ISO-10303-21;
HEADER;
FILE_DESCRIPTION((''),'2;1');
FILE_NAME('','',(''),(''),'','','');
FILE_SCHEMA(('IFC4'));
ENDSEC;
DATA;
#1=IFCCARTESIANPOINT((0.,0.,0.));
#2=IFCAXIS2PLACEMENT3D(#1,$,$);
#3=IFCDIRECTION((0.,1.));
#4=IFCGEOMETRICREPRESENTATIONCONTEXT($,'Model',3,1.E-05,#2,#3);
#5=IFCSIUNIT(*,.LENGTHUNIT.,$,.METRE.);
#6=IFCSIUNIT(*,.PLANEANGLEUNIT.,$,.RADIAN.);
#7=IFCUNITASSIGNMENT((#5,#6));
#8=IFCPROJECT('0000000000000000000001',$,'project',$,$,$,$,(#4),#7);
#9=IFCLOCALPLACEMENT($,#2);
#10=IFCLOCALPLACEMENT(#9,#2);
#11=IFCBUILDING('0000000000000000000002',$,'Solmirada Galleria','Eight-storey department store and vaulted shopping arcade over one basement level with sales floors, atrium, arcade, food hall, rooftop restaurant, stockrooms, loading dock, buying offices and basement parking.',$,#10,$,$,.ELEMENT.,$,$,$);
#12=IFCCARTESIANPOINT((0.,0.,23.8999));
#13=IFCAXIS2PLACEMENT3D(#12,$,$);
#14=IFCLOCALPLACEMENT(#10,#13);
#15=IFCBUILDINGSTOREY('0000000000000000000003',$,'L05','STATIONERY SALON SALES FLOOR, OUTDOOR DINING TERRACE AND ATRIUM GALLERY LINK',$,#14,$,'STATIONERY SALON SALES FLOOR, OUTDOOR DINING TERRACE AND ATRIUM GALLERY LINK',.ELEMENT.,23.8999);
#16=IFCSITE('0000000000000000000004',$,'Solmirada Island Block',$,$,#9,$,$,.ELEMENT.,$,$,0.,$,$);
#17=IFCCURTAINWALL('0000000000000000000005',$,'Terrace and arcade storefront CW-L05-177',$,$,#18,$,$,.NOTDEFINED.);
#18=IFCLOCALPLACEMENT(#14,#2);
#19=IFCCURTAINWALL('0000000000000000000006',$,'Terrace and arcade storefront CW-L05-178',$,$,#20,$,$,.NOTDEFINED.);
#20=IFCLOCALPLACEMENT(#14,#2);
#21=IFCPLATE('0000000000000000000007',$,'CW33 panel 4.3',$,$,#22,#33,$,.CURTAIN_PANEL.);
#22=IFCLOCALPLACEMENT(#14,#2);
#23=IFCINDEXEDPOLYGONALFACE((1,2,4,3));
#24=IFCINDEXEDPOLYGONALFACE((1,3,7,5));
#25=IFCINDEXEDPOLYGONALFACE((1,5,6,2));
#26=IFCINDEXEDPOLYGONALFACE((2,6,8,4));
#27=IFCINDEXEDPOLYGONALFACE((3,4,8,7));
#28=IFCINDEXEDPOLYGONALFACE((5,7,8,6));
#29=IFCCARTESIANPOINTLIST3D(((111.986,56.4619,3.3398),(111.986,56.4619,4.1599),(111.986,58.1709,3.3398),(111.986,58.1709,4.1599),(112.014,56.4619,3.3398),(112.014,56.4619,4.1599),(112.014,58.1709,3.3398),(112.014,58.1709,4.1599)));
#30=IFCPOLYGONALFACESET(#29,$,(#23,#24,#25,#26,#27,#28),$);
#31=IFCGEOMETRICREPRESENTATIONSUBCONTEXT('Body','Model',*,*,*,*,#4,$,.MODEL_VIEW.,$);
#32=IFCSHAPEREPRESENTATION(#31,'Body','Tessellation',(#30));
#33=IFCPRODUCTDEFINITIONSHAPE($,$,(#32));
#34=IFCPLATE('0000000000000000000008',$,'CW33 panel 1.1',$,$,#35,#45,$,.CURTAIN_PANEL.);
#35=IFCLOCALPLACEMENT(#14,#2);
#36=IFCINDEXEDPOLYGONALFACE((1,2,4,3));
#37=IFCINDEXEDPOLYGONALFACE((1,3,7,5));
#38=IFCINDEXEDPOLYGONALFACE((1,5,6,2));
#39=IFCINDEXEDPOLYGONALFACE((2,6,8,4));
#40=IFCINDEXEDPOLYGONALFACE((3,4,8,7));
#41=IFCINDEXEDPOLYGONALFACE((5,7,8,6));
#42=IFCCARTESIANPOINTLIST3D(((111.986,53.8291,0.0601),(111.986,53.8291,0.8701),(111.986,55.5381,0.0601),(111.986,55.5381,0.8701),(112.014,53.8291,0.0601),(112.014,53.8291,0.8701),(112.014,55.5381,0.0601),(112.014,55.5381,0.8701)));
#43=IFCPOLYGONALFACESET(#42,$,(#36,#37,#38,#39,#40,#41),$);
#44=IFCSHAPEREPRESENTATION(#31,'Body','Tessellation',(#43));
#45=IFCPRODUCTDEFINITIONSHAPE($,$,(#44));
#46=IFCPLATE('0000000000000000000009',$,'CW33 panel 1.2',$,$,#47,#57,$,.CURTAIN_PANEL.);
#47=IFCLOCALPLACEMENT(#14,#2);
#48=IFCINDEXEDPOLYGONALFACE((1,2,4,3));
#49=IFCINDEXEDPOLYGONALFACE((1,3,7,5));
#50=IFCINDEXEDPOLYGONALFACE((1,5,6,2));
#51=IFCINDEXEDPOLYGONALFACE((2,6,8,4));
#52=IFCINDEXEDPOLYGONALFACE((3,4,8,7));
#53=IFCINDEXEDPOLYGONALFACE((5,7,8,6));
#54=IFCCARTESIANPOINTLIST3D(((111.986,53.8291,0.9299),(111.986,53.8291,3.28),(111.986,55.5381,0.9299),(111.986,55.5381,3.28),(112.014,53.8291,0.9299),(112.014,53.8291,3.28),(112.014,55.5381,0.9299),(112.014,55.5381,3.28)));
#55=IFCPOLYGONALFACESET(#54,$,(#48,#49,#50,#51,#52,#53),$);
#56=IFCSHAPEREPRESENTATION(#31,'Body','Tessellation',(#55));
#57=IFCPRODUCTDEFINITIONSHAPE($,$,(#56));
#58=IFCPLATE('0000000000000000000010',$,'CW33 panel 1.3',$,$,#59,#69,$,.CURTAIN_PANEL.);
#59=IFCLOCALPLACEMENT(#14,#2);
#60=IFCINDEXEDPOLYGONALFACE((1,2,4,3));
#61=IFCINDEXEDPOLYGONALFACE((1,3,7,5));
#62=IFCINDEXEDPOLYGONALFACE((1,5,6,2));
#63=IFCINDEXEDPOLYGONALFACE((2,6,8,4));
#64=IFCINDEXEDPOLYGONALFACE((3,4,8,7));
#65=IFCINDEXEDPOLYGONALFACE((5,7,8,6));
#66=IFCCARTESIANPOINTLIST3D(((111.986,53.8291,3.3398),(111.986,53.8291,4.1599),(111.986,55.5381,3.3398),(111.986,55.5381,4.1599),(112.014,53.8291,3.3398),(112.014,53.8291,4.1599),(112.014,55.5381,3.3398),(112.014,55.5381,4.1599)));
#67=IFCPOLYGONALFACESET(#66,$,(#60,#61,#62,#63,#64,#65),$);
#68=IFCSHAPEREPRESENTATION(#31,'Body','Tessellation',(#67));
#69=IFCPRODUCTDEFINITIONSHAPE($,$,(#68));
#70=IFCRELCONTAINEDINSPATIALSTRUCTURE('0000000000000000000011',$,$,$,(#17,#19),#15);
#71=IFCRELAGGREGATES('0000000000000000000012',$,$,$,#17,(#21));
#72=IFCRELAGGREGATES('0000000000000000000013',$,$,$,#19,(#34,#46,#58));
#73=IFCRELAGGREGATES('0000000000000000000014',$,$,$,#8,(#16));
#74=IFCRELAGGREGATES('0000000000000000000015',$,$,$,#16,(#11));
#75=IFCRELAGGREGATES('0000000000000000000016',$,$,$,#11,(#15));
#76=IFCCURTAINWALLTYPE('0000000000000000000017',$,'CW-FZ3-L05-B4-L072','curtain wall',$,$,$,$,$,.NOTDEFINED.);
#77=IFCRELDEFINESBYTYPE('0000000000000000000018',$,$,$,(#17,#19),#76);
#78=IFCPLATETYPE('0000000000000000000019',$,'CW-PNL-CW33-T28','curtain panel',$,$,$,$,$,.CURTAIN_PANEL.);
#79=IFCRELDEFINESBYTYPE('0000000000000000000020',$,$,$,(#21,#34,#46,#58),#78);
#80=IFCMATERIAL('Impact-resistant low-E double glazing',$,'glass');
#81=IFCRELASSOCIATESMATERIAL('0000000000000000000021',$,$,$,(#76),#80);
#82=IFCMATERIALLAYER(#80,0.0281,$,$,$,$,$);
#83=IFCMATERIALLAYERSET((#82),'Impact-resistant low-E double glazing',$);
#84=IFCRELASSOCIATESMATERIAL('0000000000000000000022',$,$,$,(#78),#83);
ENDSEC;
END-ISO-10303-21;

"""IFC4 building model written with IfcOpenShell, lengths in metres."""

from ifc_helpers import new_model, si_unit, direction, frame, origin, origin_2d, place, context, subcontext, project, spatial, rectangle, extrude, material, layer, layer_set, type_object, element, aggregate, save


model = new_model("IFC4")

# Units and contexts
model_context = context("Model", 3, precision=1e-05, world=origin(), true_north=direction((0.0, 1.0)))
body_context = subcontext(model_context, "Body", "Model", "MODEL_VIEW")
ifc_project = project(units=[si_unit("LENGTHUNIT", "METRE"), si_unit("PLANEANGLEUNIT", "RADIAN")], contexts=[model_context])

# Site, building, storey
site_placement = place(None, origin())
site = spatial("IfcSite", under=ifc_project, at=site_placement, Name="Solmirada Island Block", CompositionType="ELEMENT", RefElevation=0.0)
building_placement = place(site_placement, origin())
building = spatial("IfcBuilding", under=site, at=building_placement, Name="Solmirada Galleria", Description="Eight-storey department store and vaulted shopping arcade over one basement level with sales floors, atrium, arcade, food hall, rooftop restaurant, stockrooms, loading dock, buying offices and basement parking.", CompositionType="ELEMENT")
storey_placement = place(building_placement, frame((0.0, 0.0, 23.8999)))
storey = spatial("IfcBuildingStorey", under=building, at=storey_placement, Name="L05", Description="STATIONERY SALON SALES FLOOR, OUTDOOR DINING TERRACE AND ATRIUM GALLERY LINK", LongName="STATIONERY SALON SALES FLOOR, OUTDOOR DINING TERRACE AND ATRIUM GALLERY LINK", CompositionType="ELEMENT", Elevation=23.8999)

# Curtain walls
ifc_material_1 = material(Name="Impact-resistant low-E double glazing", Category="glass")
curtain_wall_type = type_object("IfcCurtainWallType", Name="CW-FZ3-L05-B4-L072", Description="curtain wall", PredefinedType="NOTDEFINED", material=ifc_material_1)
curtain_wall_1_placement = place(storey_placement, origin())
curtain_wall_1 = element("IfcCurtainWall", 1, at=curtain_wall_1_placement, inside=storey, type_object=curtain_wall_type, Name="Terrace and arcade storefront CW-L05-177", PredefinedType="NOTDEFINED")
curtain_wall_2_placement = place(storey_placement, origin())
curtain_wall_2 = element("IfcCurtainWall", 2, at=curtain_wall_2_placement, inside=storey, type_object=curtain_wall_type, Name="Terrace and arcade storefront CW-L05-178", PredefinedType="NOTDEFINED")

# Plates
ifc_layer = layer(ifc_material_1, 0.0281)
ifc_layer_set = layer_set([ifc_layer], Name="Impact-resistant low-E double glazing")
plate_type = type_object("IfcPlateType", Name="CW-PNL-CW33-T28", Description="curtain panel", PredefinedType="CURTAIN_PANEL", material=ifc_layer_set)
plate_1_placement = place(storey_placement, frame((112.0, 57.3164, 3.3398), z_axis=(0.0, 0.0, 1.0), x_axis=(0.0, -1.0, 0.0)))
plate_1 = element("IfcPlate", 3, at=plate_1_placement, type_object=plate_type, Name="CW33 panel 4.3", PredefinedType="CURTAIN_PANEL", context=body_context, shape_type="SweptSolid", body=[
    extrude(rectangle(XDim=1.709, YDim=0.0281, at=origin_2d()), origin(), (0.0, 0.0, 1.0), 0.8201),
])
aggregate(curtain_wall_1, [plate_1])
plate_2_placement = place(storey_placement, frame((112.0, 54.6836, 0.0601), z_axis=(0.0, 0.0, 1.0), x_axis=(0.0, -1.0, 0.0)))
plate_2 = element("IfcPlate", 4, at=plate_2_placement, type_object=plate_type, Name="CW33 panel 1.1", PredefinedType="CURTAIN_PANEL", context=body_context, shape_type="SweptSolid", body=[
    extrude(rectangle(XDim=1.709, YDim=0.0281, at=origin_2d()), origin(), (0.0, 0.0, 1.0), 0.8101),
])
plate_3_placement = place(storey_placement, frame((112.0, 54.6836, 0.9299), z_axis=(0.0, 0.0, 1.0), x_axis=(0.0, -1.0, 0.0)))
plate_3 = element("IfcPlate", 5, at=plate_3_placement, type_object=plate_type, Name="CW33 panel 1.2", PredefinedType="CURTAIN_PANEL", context=body_context, shape_type="SweptSolid", body=[
    extrude(rectangle(XDim=1.709, YDim=0.0281, at=origin_2d()), origin(), (0.0, 0.0, 1.0), 2.3501),
])
plate_4_placement = place(storey_placement, frame((112.0, 54.6836, 3.3398), z_axis=(0.0, 0.0, 1.0), x_axis=(0.0, -1.0, 0.0)))
plate_4 = element("IfcPlate", 6, at=plate_4_placement, type_object=plate_type, Name="CW33 panel 1.3", PredefinedType="CURTAIN_PANEL", context=body_context, shape_type="SweptSolid", body=[
    extrude(rectangle(XDim=1.709, YDim=0.0281, at=origin_2d()), origin(), (0.0, 0.0, 1.0), 0.8201),
])
aggregate(curtain_wall_2, [plate_2, plate_3, plate_4])

save(model, "model.ifc")
